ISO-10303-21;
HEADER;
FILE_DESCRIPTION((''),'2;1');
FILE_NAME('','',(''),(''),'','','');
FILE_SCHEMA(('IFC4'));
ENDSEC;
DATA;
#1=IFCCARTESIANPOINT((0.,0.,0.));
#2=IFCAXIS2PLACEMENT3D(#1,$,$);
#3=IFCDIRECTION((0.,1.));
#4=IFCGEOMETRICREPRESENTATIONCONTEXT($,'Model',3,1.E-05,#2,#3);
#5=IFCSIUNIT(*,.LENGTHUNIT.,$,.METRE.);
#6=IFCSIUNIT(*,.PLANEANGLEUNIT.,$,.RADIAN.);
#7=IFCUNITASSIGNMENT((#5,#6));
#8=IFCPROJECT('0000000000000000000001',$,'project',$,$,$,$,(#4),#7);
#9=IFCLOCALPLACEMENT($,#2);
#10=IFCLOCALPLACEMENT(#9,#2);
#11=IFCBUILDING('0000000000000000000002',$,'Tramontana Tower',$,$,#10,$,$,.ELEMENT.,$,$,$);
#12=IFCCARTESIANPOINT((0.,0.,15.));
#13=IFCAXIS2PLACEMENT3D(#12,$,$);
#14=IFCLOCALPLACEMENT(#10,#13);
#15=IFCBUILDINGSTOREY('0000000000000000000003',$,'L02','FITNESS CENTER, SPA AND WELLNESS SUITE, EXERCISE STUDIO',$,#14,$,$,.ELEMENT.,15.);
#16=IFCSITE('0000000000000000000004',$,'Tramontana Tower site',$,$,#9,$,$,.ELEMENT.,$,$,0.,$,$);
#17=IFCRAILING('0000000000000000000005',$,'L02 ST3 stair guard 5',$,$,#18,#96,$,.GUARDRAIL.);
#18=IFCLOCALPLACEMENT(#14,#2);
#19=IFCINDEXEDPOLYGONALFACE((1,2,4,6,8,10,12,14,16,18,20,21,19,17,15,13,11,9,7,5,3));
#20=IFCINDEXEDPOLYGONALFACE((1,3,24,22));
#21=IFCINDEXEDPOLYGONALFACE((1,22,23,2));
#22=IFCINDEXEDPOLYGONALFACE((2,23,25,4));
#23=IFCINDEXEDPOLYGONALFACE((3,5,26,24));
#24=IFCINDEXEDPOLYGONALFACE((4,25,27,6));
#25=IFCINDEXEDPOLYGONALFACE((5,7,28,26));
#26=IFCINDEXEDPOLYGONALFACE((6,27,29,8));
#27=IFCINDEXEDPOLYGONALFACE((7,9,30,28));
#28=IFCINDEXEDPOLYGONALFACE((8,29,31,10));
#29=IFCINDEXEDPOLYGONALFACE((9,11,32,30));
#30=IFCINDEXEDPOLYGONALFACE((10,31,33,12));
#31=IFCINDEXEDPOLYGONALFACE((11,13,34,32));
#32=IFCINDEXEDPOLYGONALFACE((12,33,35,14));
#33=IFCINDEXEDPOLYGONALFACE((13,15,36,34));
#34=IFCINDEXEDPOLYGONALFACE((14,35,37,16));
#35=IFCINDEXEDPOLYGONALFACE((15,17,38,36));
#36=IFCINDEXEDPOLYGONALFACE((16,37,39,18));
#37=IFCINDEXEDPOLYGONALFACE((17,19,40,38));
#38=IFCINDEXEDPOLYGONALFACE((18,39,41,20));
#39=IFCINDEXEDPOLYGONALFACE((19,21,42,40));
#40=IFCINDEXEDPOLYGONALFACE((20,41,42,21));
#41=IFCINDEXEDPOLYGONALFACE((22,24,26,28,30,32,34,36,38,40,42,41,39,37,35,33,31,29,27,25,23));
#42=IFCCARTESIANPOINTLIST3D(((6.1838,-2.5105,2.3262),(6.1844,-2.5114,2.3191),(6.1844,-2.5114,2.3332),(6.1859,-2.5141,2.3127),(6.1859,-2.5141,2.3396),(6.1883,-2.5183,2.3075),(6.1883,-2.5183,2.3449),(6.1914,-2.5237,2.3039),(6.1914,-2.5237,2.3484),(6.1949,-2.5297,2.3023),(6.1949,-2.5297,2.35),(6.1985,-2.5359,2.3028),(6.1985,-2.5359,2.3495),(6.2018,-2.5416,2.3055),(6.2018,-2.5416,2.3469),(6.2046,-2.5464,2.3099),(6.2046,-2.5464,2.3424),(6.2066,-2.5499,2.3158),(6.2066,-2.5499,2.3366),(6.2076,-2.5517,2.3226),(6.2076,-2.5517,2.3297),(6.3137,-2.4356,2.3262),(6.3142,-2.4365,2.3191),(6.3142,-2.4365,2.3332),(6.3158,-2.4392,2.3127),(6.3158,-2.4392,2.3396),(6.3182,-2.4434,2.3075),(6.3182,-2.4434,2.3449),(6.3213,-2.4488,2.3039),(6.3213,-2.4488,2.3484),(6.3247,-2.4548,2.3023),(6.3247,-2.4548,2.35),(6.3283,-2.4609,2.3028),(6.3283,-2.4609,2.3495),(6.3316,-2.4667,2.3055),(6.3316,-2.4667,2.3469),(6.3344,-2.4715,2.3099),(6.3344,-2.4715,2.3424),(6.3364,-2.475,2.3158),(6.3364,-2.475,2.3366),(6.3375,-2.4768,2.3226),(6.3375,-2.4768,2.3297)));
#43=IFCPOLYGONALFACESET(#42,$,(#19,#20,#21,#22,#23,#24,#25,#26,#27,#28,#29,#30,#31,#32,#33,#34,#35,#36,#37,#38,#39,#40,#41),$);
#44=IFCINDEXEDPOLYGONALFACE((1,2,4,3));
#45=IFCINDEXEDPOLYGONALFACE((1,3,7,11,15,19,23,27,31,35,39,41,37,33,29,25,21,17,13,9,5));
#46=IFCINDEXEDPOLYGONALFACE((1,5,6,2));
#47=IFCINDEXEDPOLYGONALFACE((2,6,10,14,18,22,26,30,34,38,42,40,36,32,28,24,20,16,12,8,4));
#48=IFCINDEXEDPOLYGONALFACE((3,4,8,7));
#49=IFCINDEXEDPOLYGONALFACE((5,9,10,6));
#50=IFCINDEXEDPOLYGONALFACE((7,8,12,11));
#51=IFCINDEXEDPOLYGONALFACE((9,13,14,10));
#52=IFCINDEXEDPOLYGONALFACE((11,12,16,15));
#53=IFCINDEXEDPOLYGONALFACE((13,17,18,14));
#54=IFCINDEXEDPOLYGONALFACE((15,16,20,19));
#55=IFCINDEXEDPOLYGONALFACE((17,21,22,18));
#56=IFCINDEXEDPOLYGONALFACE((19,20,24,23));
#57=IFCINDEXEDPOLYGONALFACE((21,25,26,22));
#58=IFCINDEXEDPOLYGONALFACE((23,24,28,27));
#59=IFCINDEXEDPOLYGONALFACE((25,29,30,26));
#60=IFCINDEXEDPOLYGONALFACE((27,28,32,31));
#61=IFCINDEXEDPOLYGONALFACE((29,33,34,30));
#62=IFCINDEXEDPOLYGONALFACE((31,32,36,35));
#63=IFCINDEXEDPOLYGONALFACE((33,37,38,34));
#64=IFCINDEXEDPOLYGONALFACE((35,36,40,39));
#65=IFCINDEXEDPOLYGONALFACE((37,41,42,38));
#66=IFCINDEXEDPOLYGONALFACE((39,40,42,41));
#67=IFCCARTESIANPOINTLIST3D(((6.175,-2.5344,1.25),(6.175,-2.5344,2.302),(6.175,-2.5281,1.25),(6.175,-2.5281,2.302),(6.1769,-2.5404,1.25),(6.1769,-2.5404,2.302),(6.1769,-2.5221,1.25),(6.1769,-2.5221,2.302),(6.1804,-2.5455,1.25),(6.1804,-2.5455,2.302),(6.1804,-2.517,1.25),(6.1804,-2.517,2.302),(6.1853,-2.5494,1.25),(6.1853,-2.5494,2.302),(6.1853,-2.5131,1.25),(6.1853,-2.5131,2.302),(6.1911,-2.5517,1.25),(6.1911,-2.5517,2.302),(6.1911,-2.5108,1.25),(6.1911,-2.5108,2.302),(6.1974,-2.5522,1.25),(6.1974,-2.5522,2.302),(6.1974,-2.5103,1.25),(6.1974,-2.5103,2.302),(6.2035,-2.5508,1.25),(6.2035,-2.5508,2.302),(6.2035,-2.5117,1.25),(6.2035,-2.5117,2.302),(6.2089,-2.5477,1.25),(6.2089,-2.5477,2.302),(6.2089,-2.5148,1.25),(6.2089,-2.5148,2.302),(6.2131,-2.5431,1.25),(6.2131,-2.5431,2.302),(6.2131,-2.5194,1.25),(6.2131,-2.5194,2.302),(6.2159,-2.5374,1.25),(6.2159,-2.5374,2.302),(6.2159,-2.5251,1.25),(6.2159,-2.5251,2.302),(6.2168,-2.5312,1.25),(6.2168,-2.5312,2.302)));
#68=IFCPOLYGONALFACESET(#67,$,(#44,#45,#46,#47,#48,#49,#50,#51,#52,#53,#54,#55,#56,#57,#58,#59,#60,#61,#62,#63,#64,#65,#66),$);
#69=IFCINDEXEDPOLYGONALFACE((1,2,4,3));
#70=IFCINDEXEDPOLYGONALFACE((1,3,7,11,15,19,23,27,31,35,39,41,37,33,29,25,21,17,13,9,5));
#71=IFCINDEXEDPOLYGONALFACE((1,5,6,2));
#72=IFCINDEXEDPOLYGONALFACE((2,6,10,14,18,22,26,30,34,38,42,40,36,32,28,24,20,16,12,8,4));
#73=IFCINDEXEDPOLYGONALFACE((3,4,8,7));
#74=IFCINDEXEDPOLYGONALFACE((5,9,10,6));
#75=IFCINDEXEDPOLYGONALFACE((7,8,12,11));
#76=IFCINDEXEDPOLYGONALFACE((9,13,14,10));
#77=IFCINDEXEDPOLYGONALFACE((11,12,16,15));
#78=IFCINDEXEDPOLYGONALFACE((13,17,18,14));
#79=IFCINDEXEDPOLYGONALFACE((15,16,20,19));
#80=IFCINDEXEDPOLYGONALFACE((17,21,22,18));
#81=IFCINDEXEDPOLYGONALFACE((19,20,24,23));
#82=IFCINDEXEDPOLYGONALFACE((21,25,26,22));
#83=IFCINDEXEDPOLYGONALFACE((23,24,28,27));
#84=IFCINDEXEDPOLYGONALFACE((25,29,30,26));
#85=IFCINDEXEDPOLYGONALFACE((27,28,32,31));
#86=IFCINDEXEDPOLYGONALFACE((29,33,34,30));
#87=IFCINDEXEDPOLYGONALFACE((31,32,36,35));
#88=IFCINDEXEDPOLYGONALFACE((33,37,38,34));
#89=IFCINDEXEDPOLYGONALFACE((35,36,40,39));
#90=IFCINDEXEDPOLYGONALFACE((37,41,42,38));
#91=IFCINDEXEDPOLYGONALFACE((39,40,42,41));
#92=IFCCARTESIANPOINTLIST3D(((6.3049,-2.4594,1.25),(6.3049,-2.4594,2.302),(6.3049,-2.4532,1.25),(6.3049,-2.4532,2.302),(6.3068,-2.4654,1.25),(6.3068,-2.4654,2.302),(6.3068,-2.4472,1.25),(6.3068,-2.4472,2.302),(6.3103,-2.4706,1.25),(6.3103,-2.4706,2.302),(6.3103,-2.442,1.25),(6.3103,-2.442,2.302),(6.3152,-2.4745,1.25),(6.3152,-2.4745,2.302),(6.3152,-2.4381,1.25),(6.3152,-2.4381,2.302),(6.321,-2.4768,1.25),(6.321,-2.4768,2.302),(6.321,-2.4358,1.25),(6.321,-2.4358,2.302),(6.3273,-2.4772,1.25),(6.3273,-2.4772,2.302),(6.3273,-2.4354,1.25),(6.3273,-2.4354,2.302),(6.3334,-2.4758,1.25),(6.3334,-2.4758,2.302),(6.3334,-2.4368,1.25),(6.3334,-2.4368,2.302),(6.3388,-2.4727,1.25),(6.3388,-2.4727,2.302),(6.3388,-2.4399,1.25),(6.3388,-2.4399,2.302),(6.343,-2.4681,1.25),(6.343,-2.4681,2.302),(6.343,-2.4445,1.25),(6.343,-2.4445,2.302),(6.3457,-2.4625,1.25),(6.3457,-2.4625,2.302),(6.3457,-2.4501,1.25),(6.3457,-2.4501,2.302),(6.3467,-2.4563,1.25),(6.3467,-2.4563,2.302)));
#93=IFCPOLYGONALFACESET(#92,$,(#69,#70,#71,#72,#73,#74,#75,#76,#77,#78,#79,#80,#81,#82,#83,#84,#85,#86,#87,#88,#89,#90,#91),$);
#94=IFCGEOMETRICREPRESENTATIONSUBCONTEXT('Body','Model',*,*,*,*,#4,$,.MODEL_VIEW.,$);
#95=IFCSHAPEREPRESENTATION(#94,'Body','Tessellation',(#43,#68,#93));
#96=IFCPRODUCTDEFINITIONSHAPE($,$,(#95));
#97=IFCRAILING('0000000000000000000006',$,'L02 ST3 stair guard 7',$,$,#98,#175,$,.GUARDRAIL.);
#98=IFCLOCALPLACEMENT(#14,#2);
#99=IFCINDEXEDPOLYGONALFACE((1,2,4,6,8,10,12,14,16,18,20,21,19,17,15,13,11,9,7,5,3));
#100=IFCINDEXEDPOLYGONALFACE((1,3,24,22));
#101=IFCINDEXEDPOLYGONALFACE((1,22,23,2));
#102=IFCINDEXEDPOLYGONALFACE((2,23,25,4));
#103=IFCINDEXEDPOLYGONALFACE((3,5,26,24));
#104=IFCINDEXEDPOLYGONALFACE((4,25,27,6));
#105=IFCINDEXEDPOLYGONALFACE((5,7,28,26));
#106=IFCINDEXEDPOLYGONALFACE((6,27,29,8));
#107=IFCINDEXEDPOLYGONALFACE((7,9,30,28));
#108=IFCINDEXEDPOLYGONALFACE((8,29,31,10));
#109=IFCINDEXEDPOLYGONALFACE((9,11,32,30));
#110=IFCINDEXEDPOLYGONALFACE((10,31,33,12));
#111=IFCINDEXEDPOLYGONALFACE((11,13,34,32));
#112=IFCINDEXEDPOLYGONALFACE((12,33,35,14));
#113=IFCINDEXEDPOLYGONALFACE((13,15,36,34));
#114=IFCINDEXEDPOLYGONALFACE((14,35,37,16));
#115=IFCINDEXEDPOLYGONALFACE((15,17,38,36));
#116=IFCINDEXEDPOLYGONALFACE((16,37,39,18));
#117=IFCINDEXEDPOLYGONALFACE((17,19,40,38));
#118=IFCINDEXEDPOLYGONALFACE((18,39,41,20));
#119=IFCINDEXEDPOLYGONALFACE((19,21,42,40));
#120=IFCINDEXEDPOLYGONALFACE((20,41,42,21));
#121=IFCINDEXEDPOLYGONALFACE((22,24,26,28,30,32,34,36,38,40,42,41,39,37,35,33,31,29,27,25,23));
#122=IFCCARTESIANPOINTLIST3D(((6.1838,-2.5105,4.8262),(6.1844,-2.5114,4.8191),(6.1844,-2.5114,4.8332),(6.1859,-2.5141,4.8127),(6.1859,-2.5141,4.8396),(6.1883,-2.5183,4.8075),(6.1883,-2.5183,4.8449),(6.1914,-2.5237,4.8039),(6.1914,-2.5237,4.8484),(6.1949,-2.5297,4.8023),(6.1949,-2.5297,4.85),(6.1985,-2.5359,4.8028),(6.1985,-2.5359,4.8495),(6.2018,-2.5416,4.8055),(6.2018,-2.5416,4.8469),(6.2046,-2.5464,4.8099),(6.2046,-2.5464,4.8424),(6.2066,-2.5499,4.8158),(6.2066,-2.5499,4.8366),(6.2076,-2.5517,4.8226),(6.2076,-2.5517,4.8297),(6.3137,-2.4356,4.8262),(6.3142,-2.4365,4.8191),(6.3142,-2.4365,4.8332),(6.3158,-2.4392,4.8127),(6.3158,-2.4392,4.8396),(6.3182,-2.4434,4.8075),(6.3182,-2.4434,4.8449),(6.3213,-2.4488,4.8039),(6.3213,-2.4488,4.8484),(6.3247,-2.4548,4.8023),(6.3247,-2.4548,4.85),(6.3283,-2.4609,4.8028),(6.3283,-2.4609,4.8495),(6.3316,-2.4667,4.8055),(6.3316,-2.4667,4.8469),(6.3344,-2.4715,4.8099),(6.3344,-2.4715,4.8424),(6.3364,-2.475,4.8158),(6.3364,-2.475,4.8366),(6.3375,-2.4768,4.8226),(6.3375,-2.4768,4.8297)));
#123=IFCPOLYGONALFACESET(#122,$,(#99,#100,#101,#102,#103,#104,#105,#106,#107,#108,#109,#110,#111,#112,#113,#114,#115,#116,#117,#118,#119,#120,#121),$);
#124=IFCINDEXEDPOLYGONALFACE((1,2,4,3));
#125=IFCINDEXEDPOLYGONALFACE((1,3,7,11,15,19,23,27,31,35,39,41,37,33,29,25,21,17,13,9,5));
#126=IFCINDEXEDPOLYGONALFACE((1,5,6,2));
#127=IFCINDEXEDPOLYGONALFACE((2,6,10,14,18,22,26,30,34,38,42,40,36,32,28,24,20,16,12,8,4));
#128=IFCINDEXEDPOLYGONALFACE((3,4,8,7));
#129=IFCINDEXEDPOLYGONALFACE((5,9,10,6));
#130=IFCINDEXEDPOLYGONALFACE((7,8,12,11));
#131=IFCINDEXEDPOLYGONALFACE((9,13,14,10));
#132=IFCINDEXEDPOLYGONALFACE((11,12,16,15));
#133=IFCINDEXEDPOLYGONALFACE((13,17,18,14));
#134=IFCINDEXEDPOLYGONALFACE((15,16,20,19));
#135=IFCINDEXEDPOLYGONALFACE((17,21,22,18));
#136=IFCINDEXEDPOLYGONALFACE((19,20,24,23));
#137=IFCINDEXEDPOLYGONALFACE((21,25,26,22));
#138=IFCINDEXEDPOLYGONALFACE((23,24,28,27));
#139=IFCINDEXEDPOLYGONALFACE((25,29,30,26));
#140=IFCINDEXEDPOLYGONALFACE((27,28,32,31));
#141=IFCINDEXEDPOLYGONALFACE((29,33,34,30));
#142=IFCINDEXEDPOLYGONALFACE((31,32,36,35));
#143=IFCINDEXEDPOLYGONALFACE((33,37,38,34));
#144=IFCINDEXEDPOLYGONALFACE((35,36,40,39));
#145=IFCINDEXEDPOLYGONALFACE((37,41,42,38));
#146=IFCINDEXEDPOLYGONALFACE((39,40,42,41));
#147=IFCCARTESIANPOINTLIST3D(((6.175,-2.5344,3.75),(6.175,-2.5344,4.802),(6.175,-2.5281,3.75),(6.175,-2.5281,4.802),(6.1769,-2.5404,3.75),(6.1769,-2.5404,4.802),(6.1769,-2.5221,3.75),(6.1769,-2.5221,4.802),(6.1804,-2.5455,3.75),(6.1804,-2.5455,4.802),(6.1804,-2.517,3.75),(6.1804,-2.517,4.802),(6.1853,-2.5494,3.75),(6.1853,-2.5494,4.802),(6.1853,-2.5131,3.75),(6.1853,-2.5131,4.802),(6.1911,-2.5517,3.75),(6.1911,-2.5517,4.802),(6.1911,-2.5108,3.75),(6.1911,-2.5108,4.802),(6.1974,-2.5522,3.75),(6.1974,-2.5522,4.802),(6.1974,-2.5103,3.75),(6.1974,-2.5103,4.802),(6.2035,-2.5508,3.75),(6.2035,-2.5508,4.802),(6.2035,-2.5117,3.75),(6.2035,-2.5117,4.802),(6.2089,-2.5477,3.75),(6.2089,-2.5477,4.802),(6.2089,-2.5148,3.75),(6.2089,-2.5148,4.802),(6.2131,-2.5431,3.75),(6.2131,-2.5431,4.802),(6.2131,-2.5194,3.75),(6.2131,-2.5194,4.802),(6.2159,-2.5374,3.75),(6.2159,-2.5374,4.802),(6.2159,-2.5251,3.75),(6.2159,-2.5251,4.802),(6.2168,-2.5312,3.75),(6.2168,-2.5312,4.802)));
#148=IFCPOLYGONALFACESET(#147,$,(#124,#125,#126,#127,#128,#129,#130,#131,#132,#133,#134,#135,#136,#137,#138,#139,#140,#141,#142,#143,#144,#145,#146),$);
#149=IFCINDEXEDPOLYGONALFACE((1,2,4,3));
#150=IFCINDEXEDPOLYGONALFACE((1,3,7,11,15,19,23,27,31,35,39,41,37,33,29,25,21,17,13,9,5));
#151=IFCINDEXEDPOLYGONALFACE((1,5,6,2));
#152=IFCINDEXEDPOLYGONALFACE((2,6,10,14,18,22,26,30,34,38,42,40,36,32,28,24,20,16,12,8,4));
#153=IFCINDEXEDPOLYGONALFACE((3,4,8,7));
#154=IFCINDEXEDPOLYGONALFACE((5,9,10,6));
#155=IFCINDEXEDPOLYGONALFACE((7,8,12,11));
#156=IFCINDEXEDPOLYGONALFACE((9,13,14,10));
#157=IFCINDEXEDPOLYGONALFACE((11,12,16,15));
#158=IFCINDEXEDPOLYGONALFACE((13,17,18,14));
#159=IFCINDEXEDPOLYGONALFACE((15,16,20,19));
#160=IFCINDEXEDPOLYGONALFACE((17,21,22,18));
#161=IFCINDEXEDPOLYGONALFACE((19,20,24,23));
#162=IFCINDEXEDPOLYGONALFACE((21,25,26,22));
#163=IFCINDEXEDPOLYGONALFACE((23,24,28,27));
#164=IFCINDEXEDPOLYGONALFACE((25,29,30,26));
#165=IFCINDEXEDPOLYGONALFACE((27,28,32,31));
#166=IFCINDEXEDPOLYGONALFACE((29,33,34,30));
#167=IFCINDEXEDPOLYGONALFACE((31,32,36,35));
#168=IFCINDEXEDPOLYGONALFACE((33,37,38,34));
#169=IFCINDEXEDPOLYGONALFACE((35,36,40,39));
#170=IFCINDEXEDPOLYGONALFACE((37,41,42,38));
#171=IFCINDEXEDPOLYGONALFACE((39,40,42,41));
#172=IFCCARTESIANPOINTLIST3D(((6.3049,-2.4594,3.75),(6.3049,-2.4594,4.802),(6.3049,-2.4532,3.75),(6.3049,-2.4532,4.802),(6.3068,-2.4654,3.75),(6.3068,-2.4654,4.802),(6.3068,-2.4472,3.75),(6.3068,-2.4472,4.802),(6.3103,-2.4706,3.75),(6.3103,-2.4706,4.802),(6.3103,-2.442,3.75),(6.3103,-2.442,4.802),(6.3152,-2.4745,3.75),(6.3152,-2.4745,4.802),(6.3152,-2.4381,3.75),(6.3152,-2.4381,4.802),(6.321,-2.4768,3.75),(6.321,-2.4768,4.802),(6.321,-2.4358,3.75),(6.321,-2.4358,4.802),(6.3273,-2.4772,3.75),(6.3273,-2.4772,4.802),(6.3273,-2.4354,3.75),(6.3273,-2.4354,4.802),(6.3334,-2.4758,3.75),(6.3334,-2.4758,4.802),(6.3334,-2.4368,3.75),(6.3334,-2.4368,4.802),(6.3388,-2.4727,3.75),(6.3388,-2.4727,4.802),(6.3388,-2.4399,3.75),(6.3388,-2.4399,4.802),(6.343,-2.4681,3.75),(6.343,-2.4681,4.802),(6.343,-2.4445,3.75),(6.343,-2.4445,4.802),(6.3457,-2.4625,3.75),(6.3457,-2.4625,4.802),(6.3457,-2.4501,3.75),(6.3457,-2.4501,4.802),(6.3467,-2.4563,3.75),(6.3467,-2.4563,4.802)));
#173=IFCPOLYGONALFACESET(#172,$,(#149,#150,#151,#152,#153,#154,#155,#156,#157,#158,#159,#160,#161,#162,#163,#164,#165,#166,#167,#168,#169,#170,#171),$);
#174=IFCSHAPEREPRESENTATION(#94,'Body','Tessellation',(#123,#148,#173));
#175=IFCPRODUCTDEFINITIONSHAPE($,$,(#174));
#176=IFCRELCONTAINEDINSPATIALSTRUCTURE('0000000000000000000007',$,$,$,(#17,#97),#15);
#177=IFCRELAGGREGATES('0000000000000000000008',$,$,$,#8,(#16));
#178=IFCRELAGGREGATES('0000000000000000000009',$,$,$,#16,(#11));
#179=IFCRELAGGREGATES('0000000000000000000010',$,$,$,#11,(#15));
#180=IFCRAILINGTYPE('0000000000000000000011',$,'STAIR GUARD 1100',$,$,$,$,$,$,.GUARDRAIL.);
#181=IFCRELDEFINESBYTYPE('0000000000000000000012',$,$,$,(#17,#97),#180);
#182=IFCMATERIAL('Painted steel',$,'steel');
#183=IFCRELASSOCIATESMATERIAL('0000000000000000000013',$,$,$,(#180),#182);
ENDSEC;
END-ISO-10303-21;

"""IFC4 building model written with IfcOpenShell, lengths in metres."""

from ifc_helpers import new_model, si_unit, direction, frame, origin, origin_2d, place, context, subcontext, project, spatial, circle, extrude, material, type_object, element, save


model = new_model("IFC4")

# Units and contexts
model_context = context("Model", 3, precision=1e-05, world=origin(), true_north=direction((0.0, 1.0)))
body_context = subcontext(model_context, "Body", "Model", "MODEL_VIEW")
ifc_project = project(units=[si_unit("LENGTHUNIT", "METRE"), si_unit("PLANEANGLEUNIT", "RADIAN")], contexts=[model_context])

# Site, building, storey
site_placement = place(None, origin())
site = spatial("IfcSite", under=ifc_project, at=site_placement, Name="Tramontana Tower site", CompositionType="ELEMENT", RefElevation=0.0)
building_placement = place(site_placement, origin())
building = spatial("IfcBuilding", under=site, at=building_placement, Name="Tramontana Tower", CompositionType="ELEMENT")
storey_placement = place(building_placement, frame((0.0, 0.0, 15.0)))
storey = spatial("IfcBuildingStorey", under=building, at=storey_placement, Name="L02", Description="FITNESS CENTER, SPA AND WELLNESS SUITE, EXERCISE STUDIO", CompositionType="ELEMENT", Elevation=15.0)

# Railings
ifc_material_1 = material(Name="Painted steel", Category="steel")
railing_type_1 = type_object("IfcRailingType", Name="STAIR GUARD 1100", PredefinedType="GUARDRAIL", material=ifc_material_1)
for number, where, name in (
    (1, (6.1958, -2.5312, 1.25), "L02 ST3 stair guard 5"),
    (2, (6.1958, -2.5312, 3.75), "L02 ST3 stair guard 7"),
):
    element("IfcRailing", number, at=place(storey_placement, frame(where)), inside=storey, type_object=railing_type_1, Name=name, PredefinedType="GUARDRAIL", context=body_context, shape_type="SweptSolid", body=[
        extrude(circle(Radius=0.0239, at=origin_2d()), frame((0.0, 0.0, 1.0762), z_axis=(0.866131, 0.499816, 0.0), x_axis=(-0.499816, 0.866131, 0.0)), (0.0, 0.0, 1.0), 0.1499),
        extrude(circle(Radius=0.021, at=origin_2d()), origin(), (0.0, 0.0, 1.0), 1.052),
        extrude(circle(Radius=0.021, at=origin_2d()), frame((0.1299, 0.075, 0.0)), (0.0, 0.0, 1.0), 1.052),
    ])

save(model, "model.ifc")
